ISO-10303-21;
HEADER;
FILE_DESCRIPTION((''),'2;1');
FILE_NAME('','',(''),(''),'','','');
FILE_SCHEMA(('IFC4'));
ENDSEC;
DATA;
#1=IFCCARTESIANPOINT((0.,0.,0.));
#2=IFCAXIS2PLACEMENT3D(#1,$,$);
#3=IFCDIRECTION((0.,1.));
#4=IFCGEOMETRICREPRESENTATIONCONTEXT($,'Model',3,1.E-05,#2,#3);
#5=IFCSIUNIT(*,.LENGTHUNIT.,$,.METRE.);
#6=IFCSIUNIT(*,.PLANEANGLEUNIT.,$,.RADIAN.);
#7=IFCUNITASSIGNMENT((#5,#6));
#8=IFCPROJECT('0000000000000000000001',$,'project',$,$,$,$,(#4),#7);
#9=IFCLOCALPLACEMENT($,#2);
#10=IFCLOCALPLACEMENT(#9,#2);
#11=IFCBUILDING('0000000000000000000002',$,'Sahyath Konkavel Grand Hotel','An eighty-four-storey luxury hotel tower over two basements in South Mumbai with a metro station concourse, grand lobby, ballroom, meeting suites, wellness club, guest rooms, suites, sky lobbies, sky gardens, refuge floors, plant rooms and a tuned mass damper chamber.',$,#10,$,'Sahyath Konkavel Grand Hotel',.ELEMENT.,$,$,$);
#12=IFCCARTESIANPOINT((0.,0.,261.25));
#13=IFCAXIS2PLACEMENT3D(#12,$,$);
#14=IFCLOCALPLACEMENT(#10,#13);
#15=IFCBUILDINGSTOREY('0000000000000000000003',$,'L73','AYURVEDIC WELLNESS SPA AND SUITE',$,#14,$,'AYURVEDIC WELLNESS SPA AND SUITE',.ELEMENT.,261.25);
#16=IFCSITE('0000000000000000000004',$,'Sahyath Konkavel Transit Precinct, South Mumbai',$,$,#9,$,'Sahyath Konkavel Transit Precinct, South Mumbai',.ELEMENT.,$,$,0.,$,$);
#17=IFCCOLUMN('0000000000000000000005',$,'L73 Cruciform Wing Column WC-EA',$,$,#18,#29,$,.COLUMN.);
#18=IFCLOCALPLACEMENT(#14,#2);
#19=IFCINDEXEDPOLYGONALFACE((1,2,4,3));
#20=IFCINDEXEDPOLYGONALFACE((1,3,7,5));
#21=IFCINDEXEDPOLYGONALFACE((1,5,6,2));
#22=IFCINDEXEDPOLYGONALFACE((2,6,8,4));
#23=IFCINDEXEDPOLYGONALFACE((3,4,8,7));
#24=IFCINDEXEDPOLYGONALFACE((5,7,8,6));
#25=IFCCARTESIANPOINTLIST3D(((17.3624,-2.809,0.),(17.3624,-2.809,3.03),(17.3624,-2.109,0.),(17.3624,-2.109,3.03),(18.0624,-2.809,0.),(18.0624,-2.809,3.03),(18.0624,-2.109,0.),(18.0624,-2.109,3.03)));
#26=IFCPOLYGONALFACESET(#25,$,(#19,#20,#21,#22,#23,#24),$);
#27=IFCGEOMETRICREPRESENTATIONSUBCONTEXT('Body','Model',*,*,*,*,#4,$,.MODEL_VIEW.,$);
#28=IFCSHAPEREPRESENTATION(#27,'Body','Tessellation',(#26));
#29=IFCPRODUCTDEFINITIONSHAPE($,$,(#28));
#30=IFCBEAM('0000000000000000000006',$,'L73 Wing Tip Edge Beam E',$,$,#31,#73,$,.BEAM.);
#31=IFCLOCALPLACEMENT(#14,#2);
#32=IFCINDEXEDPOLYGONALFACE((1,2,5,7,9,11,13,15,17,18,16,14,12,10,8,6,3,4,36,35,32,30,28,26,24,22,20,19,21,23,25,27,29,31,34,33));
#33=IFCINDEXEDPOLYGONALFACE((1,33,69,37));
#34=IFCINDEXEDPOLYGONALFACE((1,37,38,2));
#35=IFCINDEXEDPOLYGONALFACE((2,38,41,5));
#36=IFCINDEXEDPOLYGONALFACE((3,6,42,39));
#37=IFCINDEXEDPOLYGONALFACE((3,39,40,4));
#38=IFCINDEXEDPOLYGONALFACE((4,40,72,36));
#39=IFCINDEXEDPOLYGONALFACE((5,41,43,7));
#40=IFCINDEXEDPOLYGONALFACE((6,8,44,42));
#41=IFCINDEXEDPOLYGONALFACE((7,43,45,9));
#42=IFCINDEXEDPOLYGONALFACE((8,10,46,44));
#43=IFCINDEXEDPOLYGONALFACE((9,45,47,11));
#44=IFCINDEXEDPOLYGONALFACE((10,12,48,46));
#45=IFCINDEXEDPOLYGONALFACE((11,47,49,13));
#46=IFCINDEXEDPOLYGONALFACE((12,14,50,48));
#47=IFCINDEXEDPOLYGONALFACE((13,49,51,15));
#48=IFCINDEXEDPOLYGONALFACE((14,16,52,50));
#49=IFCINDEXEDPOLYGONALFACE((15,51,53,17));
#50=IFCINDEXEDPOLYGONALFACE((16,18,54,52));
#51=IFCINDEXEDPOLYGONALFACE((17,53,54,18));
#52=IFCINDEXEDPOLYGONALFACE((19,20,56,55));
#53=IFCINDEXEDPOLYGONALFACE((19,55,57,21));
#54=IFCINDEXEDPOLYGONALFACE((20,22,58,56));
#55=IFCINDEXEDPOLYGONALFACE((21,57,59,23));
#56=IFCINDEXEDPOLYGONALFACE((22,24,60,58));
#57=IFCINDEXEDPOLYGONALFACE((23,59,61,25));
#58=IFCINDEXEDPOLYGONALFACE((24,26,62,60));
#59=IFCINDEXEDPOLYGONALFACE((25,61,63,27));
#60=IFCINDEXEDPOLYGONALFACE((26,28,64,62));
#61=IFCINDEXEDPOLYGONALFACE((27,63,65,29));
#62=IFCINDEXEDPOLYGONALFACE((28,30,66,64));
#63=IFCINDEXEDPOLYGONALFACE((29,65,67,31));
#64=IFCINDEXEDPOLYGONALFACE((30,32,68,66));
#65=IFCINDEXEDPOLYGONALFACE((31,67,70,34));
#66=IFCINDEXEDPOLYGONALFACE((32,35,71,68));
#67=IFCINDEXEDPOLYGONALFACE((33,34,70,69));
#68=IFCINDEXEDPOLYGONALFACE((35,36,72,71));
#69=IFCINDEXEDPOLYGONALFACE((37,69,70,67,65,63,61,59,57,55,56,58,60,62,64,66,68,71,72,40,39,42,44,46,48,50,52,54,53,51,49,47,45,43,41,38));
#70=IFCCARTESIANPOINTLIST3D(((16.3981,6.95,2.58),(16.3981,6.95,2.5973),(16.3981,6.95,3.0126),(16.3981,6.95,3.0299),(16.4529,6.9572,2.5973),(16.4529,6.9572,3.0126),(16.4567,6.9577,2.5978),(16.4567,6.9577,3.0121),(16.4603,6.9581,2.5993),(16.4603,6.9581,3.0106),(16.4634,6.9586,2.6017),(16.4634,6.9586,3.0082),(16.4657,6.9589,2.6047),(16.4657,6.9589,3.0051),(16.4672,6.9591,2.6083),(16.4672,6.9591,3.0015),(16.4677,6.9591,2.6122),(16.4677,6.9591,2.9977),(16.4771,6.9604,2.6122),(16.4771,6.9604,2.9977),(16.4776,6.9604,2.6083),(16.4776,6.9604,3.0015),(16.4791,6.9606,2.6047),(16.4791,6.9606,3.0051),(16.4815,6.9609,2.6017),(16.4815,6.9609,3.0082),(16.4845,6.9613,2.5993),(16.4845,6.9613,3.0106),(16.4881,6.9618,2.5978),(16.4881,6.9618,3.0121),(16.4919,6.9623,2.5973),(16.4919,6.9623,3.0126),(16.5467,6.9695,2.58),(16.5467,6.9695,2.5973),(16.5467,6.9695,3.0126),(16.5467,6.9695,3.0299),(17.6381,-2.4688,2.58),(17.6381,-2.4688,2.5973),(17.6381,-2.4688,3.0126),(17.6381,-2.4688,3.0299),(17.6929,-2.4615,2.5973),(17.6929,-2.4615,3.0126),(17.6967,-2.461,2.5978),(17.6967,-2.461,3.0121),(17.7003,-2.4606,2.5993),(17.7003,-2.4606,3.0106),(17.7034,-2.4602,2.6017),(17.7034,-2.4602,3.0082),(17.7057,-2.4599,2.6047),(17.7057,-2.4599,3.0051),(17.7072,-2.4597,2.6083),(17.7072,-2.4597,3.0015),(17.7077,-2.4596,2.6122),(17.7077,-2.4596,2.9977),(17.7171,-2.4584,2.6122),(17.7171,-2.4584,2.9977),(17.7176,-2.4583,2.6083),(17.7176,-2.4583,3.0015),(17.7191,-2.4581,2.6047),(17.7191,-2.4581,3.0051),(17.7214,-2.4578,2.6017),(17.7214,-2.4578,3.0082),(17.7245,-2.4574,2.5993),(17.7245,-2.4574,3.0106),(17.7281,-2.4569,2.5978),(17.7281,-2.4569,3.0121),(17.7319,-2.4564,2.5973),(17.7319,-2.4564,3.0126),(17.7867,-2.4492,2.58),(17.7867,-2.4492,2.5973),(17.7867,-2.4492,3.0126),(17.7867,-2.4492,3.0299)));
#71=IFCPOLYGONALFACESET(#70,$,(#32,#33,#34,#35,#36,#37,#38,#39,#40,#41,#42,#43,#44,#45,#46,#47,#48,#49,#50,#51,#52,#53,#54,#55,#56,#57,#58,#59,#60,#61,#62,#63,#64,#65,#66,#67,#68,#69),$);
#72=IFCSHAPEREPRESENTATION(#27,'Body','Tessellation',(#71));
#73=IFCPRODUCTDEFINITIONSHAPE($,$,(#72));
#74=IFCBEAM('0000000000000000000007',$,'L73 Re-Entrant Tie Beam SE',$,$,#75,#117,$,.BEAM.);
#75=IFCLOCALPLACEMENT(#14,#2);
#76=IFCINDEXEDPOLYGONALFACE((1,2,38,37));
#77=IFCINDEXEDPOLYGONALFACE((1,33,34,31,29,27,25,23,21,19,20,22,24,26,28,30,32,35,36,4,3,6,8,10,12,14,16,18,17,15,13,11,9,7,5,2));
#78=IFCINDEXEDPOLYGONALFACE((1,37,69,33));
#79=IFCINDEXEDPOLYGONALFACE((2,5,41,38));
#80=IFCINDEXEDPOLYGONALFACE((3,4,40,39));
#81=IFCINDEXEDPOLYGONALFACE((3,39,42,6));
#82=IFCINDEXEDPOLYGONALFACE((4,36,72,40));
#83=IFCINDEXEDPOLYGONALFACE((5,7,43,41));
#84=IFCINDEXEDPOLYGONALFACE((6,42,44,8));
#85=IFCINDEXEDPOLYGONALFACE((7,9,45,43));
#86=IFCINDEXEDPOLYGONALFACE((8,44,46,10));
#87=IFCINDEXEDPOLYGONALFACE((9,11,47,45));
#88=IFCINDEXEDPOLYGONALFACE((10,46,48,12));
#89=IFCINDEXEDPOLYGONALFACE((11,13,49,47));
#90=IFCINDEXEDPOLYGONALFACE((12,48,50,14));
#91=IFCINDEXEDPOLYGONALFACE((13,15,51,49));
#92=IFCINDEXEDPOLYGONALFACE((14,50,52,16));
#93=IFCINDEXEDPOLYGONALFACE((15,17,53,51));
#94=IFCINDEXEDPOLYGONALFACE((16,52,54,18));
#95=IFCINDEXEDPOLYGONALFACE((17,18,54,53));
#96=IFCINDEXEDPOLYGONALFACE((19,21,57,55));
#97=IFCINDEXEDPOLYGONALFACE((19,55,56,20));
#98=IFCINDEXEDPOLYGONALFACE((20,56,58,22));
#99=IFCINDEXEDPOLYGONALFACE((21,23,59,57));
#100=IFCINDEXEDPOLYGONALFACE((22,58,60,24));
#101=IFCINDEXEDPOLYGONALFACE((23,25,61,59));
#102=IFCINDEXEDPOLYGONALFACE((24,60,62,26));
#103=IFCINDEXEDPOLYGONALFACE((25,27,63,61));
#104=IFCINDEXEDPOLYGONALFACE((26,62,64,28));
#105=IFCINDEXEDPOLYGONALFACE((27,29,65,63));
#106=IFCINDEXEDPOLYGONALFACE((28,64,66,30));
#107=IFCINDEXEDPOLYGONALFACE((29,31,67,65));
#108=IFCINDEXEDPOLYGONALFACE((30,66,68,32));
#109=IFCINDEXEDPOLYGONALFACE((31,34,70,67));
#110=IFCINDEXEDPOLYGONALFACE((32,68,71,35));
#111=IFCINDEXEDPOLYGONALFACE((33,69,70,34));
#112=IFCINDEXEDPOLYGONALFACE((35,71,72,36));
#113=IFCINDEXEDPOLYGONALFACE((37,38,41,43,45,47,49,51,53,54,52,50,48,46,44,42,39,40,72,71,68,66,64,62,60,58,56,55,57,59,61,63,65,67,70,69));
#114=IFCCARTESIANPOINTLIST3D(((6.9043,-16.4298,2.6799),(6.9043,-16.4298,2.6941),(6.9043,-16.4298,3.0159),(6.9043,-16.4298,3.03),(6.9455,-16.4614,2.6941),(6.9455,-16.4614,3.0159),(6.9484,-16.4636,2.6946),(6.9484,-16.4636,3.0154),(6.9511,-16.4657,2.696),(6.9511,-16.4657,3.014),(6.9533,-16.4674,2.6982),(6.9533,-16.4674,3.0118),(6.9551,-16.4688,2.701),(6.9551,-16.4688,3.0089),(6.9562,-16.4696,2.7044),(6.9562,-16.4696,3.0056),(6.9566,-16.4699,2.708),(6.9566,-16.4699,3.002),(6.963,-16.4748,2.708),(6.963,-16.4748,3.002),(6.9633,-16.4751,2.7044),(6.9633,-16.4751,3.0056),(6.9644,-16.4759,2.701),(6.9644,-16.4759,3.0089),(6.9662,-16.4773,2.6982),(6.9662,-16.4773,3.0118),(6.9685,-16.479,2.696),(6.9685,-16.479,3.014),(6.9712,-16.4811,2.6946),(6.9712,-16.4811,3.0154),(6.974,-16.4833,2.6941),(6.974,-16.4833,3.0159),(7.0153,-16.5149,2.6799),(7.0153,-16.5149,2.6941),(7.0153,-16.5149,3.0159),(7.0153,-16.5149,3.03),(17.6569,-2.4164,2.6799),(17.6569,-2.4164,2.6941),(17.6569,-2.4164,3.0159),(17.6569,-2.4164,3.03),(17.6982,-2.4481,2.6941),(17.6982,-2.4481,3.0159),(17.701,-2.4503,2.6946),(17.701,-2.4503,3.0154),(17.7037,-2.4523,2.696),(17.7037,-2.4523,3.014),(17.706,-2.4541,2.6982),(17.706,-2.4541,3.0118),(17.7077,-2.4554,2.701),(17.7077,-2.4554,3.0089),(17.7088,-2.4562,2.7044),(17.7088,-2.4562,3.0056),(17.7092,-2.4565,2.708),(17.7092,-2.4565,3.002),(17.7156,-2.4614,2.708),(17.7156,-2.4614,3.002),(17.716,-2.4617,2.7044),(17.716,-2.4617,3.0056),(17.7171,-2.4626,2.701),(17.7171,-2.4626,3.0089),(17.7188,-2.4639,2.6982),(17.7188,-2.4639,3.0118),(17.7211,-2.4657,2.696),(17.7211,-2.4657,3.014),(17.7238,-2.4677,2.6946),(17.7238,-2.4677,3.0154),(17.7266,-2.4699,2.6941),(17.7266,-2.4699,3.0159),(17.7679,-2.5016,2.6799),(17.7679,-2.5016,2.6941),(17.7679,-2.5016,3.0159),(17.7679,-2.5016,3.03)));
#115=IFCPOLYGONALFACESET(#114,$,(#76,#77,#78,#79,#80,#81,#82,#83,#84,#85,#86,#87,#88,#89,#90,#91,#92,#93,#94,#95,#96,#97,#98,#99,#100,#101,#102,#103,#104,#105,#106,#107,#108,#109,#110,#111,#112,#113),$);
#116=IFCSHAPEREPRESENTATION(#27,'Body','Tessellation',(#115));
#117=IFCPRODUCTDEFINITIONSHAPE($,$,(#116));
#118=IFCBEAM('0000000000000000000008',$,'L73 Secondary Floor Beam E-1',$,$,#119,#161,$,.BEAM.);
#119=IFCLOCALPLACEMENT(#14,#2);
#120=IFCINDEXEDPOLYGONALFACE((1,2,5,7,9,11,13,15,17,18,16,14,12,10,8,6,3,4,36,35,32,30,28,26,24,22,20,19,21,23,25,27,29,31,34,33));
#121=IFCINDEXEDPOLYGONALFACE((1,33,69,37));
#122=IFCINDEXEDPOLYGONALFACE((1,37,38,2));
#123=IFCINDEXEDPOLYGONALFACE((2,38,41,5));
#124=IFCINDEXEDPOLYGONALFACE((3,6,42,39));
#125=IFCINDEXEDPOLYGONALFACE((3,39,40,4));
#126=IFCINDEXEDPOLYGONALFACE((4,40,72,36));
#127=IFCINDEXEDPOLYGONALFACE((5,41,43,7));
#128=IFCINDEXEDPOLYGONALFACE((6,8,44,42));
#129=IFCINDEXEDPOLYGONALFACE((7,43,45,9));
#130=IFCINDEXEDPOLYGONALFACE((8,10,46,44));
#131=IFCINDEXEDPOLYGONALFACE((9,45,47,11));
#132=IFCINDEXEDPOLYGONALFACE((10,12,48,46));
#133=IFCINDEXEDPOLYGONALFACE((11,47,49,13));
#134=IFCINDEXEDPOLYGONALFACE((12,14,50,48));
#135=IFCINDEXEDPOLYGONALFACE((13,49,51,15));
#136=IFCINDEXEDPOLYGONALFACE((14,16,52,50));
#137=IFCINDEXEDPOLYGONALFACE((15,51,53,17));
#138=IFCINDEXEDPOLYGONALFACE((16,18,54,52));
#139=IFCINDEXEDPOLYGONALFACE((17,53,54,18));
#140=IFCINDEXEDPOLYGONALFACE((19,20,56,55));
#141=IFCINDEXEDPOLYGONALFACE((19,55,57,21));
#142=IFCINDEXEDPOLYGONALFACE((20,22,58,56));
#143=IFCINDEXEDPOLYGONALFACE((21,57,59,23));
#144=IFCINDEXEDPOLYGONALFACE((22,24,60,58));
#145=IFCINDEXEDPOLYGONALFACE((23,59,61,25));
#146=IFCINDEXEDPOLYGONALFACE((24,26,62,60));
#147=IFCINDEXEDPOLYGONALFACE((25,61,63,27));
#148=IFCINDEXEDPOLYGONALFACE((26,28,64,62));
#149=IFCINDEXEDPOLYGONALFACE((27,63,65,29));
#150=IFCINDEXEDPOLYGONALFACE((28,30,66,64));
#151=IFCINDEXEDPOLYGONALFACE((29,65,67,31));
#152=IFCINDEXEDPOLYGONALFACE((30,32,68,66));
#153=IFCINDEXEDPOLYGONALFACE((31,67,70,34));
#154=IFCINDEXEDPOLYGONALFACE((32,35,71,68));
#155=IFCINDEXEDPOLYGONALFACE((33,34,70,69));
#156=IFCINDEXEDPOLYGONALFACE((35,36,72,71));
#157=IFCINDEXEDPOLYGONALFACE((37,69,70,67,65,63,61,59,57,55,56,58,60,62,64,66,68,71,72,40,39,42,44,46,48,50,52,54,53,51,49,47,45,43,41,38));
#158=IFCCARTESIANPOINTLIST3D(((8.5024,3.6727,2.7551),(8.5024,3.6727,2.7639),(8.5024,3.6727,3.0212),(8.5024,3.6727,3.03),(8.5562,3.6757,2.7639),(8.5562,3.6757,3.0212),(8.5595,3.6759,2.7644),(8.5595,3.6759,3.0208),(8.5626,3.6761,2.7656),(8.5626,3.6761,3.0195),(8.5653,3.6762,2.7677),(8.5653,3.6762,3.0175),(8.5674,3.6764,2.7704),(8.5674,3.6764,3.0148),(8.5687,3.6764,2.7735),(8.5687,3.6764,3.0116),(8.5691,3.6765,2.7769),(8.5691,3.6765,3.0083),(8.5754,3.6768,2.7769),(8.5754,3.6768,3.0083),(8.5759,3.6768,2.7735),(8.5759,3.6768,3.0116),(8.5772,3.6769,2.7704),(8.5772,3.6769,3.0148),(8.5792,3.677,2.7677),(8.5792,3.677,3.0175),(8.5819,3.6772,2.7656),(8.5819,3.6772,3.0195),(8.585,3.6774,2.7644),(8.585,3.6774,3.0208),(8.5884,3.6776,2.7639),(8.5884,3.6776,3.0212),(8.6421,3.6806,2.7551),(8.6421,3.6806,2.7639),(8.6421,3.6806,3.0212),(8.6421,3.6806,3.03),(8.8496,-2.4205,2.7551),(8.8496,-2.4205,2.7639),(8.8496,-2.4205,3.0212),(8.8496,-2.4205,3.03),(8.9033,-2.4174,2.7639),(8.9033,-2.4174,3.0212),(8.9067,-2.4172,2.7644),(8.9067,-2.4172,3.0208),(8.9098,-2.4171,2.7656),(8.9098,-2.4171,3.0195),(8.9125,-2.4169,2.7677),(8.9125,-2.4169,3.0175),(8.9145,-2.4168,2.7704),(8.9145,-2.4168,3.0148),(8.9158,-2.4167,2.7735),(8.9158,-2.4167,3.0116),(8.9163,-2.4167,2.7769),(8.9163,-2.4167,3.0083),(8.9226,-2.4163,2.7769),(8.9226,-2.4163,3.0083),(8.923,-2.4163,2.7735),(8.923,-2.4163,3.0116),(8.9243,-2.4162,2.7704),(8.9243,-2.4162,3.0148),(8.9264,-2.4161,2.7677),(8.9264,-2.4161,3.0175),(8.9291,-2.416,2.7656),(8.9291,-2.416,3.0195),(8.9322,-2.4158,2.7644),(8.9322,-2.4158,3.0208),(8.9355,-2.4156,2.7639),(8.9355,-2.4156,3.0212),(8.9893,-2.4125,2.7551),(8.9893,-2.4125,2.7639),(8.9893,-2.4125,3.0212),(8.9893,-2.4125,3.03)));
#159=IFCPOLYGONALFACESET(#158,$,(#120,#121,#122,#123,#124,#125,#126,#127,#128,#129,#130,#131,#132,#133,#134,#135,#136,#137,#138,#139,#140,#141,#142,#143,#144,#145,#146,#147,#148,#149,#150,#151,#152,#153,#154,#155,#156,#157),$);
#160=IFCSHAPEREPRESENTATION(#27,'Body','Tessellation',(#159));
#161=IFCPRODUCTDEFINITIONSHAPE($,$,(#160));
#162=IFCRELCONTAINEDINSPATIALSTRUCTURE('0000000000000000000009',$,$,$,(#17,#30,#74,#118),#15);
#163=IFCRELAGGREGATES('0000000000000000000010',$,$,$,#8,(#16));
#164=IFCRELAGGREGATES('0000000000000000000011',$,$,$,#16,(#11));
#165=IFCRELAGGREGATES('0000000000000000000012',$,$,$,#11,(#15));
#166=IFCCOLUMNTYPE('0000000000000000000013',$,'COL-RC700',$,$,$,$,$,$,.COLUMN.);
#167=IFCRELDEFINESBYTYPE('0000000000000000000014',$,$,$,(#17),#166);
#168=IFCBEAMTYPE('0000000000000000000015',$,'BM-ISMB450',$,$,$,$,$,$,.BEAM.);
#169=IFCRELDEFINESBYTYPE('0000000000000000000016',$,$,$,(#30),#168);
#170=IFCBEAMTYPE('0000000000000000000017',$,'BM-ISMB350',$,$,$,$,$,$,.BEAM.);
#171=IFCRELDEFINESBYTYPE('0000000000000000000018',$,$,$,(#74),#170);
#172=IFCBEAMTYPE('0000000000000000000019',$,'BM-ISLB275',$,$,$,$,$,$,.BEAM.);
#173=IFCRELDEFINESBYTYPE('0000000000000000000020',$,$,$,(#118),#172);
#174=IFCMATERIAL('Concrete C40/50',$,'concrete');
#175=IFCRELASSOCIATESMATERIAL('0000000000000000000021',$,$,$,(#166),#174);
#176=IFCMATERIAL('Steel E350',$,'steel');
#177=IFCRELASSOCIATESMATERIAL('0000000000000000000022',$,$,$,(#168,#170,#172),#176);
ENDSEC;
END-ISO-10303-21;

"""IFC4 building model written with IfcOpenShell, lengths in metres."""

from ifc_helpers import new_model, si_unit, direction, frame, origin, origin_2d, place, context, subcontext, project, spatial, rectangle, i_section, extrude, source, transform, mapped, material, material_profile, profile_set, type_object, element, save


model = new_model("IFC4")

# Units and contexts
model_context = context("Model", 3, precision=1e-05, world=origin(), true_north=direction((0.0, 1.0)))
body_context = subcontext(model_context, "Body", "Model", "MODEL_VIEW")
ifc_project = project(units=[si_unit("LENGTHUNIT", "METRE"), si_unit("PLANEANGLEUNIT", "RADIAN")], contexts=[model_context])

# Site, building, storey
site_placement = place(None, origin())
site = spatial("IfcSite", under=ifc_project, at=site_placement, Name="Sahyath Konkavel Transit Precinct, South Mumbai", LongName="Sahyath Konkavel Transit Precinct, South Mumbai", CompositionType="ELEMENT", RefElevation=0.0)
building_placement = place(site_placement, origin())
building = spatial("IfcBuilding", under=site, at=building_placement, Name="Sahyath Konkavel Grand Hotel", Description="An eighty-four-storey luxury hotel tower over two basements in South Mumbai with a metro station concourse, grand lobby, ballroom, meeting suites, wellness club, guest rooms, suites, sky lobbies, sky gardens, refuge floors, plant rooms and a tuned mass damper chamber.", LongName="Sahyath Konkavel Grand Hotel", CompositionType="ELEMENT")
storey_placement = place(building_placement, frame((0.0, 0.0, 261.25)))
storey = spatial("IfcBuildingStorey", under=building, at=storey_placement, Name="L73", Description="AYURVEDIC WELLNESS SPA AND SUITE", LongName="AYURVEDIC WELLNESS SPA AND SUITE", CompositionType="ELEMENT", Elevation=261.25)

# Column
ifc_material_1 = material(Name="Concrete C40/50", Category="concrete")
ifc_material_profile_1 = material_profile(ifc_material_1, rectangle(XDim=0.7, YDim=0.7, at=origin_2d()), Name="RC 700x700")
ifc_profile_set_1 = profile_set([ifc_material_profile_1], Name="Concrete C40/50")
column_type = type_object("IfcColumnType", Name="COL-RC700", PredefinedType="COLUMN", material=ifc_profile_set_1)
shared_shape_1 = source(origin(), body_context, "Body", "SweptSolid", [
    extrude(rectangle(XDim=0.7, YDim=0.7, at=origin_2d()), origin(), (0.0, 0.0, 1.0), 3.03),
])
column_placement = place(storey_placement, frame((17.7124, -2.459, 0.0), z_axis=(0.0, 0.0, 1.0), x_axis=(1.0, 0.0, 0.0)))
element("IfcColumn", 1, at=column_placement, inside=storey, type_object=column_type, Name="L73 Cruciform Wing Column WC-EA", PredefinedType="COLUMN", context=body_context, shape_type="MappedRepresentation", body=[
    mapped(shared_shape_1, transform((0.0, 0.0, 0.0), scale=1.0)),
])

# Beams
ifc_material_2 = material(Name="Steel E350", Category="steel")
ifc_material_profile_2 = material_profile(ifc_material_2, i_section(OverallWidth=0.1499, OverallDepth=0.45, WebThickness=0.0095, FlangeThickness=0.0173, FilletRadius=0.0149, at=origin_2d()), Name="ISMB 450")
ifc_profile_set_2 = profile_set([ifc_material_profile_2], Name="Steel E350")
beam_type_1 = type_object("IfcBeamType", Name="BM-ISMB450", PredefinedType="BEAM", material=ifc_profile_set_2)
shared_shape_2 = source(origin(), body_context, "Body", "SweptSolid", [
    extrude(i_section(OverallWidth=0.1499, OverallDepth=0.45, WebThickness=0.0095, FlangeThickness=0.0173, FilletRadius=0.0149, at=origin_2d()), origin(), (0.0, 0.0, 1.0), 9.5),
])
beam_1_placement = place(storey_placement, frame((17.7124, -2.459, 2.8049), z_axis=(-0.130526, 0.991445, 0.0), x_axis=(-0.991445, -0.130526, 0.0)))
element("IfcBeam", 2, at=beam_1_placement, inside=storey, type_object=beam_type_1, Name="L73 Wing Tip Edge Beam E", PredefinedType="BEAM", context=body_context, shape_type="MappedRepresentation", body=[
    mapped(shared_shape_2, transform((0.0, 0.0, 0.0), scale=1.0)),
])
ifc_material_profile_3 = material_profile(ifc_material_2, i_section(OverallWidth=0.1399, OverallDepth=0.3501, WebThickness=0.0081, FlangeThickness=0.0142, FilletRadius=0.0139, at=origin_2d()), Name="ISMB 350")
ifc_profile_set_3 = profile_set([ifc_material_profile_3], Name="Steel E350")
beam_type_2 = type_object("IfcBeamType", Name="BM-ISMB350", PredefinedType="BEAM", material=ifc_profile_set_3)
shared_shape_3 = source(origin(), body_context, "Body", "SweptSolid", [
    extrude(i_section(OverallWidth=0.1399, OverallDepth=0.3501, WebThickness=0.0081, FlangeThickness=0.0142, FilletRadius=0.0139, at=origin_2d()), origin(), (0.0, 0.0, 1.0), 17.6633),
])
beam_2_placement = place(storey_placement, frame((17.7124, -2.459, 2.855), z_axis=(-0.608754, -0.793359, 0.0), x_axis=(0.793359, -0.608754, 0.0)))
element("IfcBeam", 3, at=beam_2_placement, inside=storey, type_object=beam_type_2, Name="L73 Re-Entrant Tie Beam SE", PredefinedType="BEAM", context=body_context, shape_type="MappedRepresentation", body=[
    mapped(shared_shape_3, transform((0.0, 0.0, 0.0), scale=1.0)),
])
ifc_material_profile_4 = material_profile(ifc_material_2, i_section(OverallWidth=0.1399, OverallDepth=0.2749, WebThickness=0.0063, FlangeThickness=0.0088, FilletRadius=0.0129, at=origin_2d()), Name="ISLB 275")
ifc_profile_set_4 = profile_set([ifc_material_profile_4], Name="Steel E350")
beam_type_3 = type_object("IfcBeamType", Name="BM-ISLB275", PredefinedType="BEAM", material=ifc_profile_set_4)
shared_shape_4 = source(origin(), body_context, "Body", "SweptSolid", [
    extrude(i_section(OverallWidth=0.1399, OverallDepth=0.2749, WebThickness=0.0063, FlangeThickness=0.0088, FilletRadius=0.0129, at=origin_2d()), origin(), (0.0, 0.0, 1.0), 6.103),
])
beam_3_placement = place(storey_placement, frame((8.9194, -2.4165, 2.8926), z_axis=(-0.056883, 0.998381, 0.0), x_axis=(-0.998381, -0.056883, 0.0)))
element("IfcBeam", 4, at=beam_3_placement, inside=storey, type_object=beam_type_3, Name="L73 Secondary Floor Beam E-1", PredefinedType="BEAM", context=body_context, shape_type="MappedRepresentation", body=[
    mapped(shared_shape_4, transform((0.0, 0.0, 0.0), scale=1.0)),
])

save(model, "model.ifc")
